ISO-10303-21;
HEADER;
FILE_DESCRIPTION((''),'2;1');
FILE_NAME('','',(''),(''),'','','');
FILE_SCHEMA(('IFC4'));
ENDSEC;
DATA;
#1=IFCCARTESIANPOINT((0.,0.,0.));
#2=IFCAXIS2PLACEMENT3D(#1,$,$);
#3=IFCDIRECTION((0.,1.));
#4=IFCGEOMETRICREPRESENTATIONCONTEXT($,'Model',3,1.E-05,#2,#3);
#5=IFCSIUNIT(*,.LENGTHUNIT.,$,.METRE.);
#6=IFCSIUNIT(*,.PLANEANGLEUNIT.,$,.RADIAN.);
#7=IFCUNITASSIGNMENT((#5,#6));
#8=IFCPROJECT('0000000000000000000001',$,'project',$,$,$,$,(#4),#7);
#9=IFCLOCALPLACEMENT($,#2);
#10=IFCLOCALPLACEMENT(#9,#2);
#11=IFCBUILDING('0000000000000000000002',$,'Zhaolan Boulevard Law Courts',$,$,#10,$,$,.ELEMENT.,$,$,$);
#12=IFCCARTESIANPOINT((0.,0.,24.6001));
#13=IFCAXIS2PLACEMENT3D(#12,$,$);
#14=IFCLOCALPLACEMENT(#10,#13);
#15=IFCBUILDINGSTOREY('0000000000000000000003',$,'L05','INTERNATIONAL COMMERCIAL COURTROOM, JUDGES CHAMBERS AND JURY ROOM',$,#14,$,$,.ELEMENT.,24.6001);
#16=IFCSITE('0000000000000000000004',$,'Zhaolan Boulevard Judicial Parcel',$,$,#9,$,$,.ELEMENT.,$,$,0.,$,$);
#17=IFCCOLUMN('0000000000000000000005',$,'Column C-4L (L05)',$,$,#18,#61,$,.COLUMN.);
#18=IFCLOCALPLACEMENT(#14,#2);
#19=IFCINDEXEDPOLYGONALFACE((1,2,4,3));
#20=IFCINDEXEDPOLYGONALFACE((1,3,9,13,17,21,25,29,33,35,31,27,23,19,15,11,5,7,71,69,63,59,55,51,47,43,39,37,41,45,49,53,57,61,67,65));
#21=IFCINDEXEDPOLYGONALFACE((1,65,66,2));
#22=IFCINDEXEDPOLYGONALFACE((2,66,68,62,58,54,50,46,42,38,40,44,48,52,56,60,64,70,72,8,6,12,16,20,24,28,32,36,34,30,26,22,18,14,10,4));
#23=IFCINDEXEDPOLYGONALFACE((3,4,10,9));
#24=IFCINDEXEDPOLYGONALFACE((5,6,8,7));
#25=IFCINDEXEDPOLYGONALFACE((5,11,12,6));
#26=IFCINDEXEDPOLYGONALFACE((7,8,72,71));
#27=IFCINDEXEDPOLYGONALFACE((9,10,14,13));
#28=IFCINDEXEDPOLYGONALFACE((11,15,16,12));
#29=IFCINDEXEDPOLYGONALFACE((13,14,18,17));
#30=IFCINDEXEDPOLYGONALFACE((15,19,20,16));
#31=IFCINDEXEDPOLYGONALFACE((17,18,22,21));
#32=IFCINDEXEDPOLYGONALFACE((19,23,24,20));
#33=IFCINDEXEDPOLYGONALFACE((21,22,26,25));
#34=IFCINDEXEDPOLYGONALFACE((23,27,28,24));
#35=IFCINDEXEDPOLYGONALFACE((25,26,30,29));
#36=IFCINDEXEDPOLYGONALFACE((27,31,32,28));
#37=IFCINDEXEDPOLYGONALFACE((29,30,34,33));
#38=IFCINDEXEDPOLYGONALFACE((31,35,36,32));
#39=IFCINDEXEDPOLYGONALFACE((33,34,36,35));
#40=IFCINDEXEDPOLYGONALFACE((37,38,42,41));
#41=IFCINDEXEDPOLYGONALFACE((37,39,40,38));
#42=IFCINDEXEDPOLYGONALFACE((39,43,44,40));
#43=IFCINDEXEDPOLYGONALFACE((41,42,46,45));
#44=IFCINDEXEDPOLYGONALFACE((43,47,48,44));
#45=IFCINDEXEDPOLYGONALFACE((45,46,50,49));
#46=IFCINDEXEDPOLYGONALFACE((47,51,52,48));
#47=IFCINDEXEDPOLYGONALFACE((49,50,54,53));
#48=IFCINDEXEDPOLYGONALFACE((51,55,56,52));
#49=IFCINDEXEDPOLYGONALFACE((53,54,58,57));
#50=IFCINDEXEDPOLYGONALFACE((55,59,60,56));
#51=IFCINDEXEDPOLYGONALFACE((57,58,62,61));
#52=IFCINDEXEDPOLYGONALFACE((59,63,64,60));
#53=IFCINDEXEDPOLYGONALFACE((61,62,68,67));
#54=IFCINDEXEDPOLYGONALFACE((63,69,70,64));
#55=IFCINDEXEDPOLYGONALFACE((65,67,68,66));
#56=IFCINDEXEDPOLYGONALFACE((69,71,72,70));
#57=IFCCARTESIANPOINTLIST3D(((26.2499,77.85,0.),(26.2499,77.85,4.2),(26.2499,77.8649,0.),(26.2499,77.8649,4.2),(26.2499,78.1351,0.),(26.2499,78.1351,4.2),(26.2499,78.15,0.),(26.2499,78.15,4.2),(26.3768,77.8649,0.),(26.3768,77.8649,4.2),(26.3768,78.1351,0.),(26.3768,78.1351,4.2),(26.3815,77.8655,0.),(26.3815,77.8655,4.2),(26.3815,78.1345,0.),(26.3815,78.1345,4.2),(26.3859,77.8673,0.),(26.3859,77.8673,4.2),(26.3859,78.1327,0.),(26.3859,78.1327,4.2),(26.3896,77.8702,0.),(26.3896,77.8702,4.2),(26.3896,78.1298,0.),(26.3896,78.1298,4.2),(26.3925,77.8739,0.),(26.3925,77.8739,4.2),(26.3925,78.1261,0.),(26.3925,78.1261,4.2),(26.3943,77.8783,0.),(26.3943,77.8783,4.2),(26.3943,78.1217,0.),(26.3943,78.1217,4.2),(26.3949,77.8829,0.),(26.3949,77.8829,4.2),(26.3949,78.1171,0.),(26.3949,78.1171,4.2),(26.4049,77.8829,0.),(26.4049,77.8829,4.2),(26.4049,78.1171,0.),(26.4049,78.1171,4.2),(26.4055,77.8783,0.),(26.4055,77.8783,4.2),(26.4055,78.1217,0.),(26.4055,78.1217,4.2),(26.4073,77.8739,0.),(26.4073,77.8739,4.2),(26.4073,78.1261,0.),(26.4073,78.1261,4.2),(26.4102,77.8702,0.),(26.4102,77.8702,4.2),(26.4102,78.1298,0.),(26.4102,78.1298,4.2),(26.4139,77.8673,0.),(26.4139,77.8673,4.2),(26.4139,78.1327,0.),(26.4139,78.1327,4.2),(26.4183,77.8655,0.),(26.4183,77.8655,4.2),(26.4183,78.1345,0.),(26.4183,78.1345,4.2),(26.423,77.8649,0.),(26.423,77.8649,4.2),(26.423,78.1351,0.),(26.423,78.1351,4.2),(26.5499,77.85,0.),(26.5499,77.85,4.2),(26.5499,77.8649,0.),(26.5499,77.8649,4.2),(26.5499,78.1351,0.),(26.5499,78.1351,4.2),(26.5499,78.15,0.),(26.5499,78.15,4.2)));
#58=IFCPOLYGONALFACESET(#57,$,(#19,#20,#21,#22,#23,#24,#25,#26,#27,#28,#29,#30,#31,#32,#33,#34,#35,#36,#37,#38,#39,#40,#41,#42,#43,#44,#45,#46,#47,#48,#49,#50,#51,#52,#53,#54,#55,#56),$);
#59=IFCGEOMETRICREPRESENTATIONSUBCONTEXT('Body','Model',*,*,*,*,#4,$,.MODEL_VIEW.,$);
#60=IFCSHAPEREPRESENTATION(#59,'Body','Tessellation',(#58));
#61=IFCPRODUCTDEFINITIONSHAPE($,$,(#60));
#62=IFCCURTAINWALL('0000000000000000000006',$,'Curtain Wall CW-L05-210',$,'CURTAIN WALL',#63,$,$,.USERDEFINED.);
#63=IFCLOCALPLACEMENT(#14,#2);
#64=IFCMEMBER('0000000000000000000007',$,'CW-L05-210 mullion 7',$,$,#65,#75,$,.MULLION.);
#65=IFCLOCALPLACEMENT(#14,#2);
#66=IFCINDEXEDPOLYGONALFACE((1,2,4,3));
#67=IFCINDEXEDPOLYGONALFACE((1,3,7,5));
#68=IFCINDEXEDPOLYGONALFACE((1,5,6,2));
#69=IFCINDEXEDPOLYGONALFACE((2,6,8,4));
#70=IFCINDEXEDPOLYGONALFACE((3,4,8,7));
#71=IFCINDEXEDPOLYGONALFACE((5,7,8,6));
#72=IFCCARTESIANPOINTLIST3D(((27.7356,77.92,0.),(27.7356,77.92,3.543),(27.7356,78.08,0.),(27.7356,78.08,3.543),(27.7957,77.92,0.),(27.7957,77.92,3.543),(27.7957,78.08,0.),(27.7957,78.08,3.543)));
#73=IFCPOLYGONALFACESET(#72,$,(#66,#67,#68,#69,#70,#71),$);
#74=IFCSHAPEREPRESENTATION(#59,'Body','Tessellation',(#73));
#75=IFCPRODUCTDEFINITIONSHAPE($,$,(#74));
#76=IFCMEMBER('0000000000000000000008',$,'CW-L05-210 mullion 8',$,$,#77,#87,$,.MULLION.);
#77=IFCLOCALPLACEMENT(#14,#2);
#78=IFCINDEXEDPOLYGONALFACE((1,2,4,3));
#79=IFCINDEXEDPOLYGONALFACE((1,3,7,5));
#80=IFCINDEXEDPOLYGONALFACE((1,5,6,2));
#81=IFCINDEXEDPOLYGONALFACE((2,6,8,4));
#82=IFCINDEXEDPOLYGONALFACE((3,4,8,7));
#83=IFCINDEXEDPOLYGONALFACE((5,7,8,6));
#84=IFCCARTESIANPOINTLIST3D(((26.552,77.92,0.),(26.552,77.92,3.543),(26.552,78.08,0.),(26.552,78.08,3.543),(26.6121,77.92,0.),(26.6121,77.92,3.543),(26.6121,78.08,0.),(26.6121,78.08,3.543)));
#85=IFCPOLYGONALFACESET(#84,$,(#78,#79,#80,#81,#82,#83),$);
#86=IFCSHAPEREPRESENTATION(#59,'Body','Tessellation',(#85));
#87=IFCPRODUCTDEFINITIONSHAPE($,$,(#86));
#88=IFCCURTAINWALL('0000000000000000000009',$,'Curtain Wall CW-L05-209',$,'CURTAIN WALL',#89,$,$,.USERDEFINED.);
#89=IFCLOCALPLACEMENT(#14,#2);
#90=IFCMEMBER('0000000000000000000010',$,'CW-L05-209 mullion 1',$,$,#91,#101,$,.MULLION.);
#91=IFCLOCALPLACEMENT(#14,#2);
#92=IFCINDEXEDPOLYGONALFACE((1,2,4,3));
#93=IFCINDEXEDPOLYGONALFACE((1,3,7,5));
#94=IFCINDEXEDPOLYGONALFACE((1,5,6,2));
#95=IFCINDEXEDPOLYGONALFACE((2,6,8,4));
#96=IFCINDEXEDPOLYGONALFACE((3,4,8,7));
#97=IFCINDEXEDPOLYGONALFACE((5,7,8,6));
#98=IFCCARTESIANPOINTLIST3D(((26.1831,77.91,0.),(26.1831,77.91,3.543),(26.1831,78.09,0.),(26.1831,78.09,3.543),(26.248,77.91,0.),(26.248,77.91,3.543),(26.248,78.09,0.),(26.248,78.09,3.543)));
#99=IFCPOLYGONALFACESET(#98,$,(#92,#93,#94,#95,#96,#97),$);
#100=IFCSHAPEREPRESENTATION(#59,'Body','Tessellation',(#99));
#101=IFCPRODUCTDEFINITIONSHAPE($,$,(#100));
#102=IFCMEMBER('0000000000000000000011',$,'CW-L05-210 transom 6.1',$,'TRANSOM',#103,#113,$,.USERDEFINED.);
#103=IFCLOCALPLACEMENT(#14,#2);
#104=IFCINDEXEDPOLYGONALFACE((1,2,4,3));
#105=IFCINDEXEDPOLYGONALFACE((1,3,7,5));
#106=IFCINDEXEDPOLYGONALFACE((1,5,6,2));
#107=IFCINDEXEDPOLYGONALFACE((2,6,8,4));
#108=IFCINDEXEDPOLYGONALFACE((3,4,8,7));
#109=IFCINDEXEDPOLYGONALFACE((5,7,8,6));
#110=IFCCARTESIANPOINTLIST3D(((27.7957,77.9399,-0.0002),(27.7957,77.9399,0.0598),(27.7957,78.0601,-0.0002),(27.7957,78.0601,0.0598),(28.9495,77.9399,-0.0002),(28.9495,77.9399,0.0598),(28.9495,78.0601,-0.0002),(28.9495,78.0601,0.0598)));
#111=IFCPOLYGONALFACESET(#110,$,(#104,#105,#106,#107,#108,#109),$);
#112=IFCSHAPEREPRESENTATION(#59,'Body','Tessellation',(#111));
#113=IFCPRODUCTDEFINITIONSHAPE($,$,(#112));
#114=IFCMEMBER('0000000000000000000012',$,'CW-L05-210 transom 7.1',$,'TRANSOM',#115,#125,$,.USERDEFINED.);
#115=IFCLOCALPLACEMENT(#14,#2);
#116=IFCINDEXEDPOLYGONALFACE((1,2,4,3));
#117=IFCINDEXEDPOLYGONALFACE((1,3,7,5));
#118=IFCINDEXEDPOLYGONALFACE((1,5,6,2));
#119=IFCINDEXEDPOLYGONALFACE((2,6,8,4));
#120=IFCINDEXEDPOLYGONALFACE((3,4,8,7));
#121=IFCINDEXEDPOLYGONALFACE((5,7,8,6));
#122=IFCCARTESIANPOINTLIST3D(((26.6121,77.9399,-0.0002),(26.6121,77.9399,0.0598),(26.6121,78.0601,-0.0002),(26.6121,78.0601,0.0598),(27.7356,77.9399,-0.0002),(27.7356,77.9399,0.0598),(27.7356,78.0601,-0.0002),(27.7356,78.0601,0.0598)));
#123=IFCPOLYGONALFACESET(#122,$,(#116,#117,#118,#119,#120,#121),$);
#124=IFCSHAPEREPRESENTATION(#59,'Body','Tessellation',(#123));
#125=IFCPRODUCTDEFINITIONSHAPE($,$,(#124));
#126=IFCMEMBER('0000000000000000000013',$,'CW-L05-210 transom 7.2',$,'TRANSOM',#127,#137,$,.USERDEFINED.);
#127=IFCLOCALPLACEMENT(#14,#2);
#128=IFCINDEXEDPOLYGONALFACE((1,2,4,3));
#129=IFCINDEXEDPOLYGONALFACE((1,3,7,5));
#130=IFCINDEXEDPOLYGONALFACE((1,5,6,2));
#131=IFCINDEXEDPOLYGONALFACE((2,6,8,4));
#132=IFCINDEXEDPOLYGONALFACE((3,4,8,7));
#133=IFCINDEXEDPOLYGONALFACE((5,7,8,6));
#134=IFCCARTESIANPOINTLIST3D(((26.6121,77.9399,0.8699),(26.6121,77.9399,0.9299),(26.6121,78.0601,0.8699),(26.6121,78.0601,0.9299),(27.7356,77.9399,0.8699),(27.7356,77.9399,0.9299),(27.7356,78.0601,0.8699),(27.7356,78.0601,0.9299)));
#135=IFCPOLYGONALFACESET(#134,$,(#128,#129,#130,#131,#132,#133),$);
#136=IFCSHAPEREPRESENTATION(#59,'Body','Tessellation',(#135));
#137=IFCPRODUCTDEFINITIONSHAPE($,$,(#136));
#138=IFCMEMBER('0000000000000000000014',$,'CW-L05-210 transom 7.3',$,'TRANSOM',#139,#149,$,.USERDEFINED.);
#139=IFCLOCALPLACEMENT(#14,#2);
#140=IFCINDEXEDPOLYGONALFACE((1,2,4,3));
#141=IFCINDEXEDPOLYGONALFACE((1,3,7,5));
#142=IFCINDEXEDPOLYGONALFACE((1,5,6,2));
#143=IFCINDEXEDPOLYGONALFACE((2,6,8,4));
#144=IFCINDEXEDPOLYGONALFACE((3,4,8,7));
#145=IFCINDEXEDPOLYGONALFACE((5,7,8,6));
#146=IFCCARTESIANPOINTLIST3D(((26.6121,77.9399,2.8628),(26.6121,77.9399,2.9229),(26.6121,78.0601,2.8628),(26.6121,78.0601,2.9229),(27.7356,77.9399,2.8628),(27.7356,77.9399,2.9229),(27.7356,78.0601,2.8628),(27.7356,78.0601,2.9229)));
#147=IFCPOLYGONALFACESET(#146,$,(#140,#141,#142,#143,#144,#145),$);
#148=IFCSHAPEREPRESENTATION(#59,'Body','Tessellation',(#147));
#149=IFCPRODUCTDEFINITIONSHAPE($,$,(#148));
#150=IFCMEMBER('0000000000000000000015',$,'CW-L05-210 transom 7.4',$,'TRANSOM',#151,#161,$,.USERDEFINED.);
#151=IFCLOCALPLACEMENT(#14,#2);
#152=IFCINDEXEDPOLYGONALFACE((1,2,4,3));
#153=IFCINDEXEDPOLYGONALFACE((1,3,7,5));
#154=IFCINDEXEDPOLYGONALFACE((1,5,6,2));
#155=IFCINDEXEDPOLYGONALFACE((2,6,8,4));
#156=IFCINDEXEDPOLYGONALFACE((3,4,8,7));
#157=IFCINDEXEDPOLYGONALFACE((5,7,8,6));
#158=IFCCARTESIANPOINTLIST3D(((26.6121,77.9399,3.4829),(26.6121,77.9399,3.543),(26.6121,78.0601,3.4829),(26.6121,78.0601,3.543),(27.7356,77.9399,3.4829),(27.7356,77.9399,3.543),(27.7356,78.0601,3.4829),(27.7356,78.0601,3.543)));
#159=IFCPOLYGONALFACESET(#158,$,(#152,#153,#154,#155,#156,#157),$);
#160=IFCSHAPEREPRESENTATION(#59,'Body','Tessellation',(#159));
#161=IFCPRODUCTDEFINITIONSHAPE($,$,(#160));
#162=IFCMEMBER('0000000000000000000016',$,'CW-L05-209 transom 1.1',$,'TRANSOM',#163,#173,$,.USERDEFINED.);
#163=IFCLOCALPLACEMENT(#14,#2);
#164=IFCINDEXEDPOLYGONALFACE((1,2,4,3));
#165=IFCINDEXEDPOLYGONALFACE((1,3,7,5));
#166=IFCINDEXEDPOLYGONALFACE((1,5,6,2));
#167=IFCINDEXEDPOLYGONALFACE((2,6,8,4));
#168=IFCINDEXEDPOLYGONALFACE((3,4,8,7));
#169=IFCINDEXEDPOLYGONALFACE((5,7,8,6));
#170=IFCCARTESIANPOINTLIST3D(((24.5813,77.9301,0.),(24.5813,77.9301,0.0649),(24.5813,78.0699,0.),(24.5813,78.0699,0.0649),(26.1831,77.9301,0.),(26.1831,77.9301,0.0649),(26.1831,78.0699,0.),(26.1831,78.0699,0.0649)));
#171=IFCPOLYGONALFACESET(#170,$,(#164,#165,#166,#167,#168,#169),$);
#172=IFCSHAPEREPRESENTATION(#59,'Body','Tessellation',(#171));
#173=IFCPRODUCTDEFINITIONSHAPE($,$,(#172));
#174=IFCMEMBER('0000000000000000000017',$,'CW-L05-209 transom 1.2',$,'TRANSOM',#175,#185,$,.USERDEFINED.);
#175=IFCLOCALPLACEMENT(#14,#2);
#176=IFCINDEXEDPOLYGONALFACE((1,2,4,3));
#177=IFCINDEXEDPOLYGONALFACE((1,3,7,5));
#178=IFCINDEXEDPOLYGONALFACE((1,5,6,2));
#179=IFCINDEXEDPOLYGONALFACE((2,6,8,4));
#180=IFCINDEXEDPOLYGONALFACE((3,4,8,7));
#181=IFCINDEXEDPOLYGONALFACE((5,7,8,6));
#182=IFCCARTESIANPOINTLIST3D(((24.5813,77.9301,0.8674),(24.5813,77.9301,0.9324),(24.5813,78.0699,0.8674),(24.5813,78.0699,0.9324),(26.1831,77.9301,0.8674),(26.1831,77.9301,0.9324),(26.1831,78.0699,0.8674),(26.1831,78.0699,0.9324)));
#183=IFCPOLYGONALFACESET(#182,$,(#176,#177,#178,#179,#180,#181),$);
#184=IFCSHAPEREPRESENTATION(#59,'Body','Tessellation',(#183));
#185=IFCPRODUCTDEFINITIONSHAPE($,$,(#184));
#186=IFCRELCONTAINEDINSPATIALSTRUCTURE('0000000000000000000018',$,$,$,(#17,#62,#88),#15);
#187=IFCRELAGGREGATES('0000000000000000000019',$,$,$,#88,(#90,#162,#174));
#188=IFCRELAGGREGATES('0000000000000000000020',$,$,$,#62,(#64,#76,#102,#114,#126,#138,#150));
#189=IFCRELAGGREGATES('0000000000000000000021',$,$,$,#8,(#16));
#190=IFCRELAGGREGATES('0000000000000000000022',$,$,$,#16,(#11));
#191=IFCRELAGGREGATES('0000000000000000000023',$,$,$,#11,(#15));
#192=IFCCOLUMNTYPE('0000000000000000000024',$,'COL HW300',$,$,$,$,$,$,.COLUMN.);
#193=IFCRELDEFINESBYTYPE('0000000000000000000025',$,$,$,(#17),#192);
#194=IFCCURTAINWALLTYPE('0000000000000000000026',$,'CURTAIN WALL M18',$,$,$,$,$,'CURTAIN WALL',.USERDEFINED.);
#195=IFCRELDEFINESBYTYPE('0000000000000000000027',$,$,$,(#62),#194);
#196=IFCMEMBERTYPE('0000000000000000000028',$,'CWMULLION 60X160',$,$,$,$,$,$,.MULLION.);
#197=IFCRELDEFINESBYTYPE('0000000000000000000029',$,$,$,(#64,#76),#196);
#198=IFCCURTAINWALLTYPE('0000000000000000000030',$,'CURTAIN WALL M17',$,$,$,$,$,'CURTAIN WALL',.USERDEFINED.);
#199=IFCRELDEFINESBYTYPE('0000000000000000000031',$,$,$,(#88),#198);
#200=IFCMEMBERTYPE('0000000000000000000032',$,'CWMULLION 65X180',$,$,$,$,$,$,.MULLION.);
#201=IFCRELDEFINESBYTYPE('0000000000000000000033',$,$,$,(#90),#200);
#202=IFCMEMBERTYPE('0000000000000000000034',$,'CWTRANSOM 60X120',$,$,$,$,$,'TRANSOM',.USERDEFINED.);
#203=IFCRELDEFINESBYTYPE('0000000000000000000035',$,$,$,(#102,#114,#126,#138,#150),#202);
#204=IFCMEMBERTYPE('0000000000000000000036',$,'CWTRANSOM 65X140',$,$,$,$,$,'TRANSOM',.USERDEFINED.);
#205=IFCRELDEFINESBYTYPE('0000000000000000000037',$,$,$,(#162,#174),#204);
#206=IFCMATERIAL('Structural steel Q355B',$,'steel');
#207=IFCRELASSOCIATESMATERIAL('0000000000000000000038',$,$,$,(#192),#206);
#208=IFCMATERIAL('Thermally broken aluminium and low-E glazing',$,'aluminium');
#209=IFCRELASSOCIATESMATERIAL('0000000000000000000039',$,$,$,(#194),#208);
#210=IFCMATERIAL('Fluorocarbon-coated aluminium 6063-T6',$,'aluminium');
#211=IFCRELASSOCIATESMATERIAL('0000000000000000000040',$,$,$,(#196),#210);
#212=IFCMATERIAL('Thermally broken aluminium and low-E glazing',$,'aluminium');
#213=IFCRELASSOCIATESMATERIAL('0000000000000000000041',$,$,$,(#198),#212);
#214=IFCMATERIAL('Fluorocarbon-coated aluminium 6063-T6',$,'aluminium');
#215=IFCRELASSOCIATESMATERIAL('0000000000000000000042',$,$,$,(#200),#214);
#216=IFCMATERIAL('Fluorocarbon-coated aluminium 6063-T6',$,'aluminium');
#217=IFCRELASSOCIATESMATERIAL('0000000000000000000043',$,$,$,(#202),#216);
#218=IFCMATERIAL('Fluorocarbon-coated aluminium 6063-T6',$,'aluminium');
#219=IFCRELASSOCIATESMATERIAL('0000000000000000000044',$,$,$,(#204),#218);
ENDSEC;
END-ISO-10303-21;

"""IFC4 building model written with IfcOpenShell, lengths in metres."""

from ifc_helpers import new_model, si_unit, direction, frame, origin, origin_2d, place, context, subcontext, project, spatial, rectangle, i_section, extrude, material, material_profile, profile_set, type_object, element, aggregate, save


model = new_model("IFC4")

# Units and contexts
model_context = context("Model", 3, precision=1e-05, world=origin(), true_north=direction((0.0, 1.0)))
body_context = subcontext(model_context, "Body", "Model", "MODEL_VIEW")
ifc_project = project(units=[si_unit("LENGTHUNIT", "METRE"), si_unit("PLANEANGLEUNIT", "RADIAN")], contexts=[model_context])

# Site, building, storey
site_placement = place(None, origin())
site = spatial("IfcSite", under=ifc_project, at=site_placement, Name="Zhaolan Boulevard Judicial Parcel", CompositionType="ELEMENT", RefElevation=0.0)
building_placement = place(site_placement, origin())
building = spatial("IfcBuilding", under=site, at=building_placement, Name="Zhaolan Boulevard Law Courts", CompositionType="ELEMENT")
storey_placement = place(building_placement, frame((0.0, 0.0, 24.6001)))
storey = spatial("IfcBuildingStorey", under=building, at=storey_placement, Name="L05", Description="INTERNATIONAL COMMERCIAL COURTROOM, JUDGES CHAMBERS AND JURY ROOM", CompositionType="ELEMENT", Elevation=24.6001)

# Column
ifc_material_1 = material(Name="Structural steel Q355B", Category="steel")
ifc_material_profile_1 = material_profile(ifc_material_1, i_section(OverallWidth=0.3, OverallDepth=0.3, WebThickness=0.01, FlangeThickness=0.0149, FilletRadius=0.0181, at=origin_2d()), Name="HW300x300")
ifc_profile_set_1 = profile_set([ifc_material_profile_1], Name="Structural steel Q355B")
column_type = type_object("IfcColumnType", Name="COL HW300", PredefinedType="COLUMN", material=ifc_profile_set_1)
column_placement = place(storey_placement, frame((26.3999, 78.0, 0.0), z_axis=(0.0, 0.0, 1.0), x_axis=(1.0, 0.0, 0.0)))
element("IfcColumn", 1, at=column_placement, inside=storey, type_object=column_type, Name="Column C-4L (L05)", PredefinedType="COLUMN", context=body_context, shape_type="SweptSolid", body=[
    extrude(i_section(OverallWidth=0.3, OverallDepth=0.3, WebThickness=0.01, FlangeThickness=0.0149, FilletRadius=0.0181, at=origin_2d()), origin(), (0.0, 0.0, 1.0), 4.2),
])

# Curtain wall, members
ifc_material_2 = material(Name="Thermally broken aluminium and low-E glazing", Category="aluminium")
curtain_wall_type_1 = type_object("IfcCurtainWallType", Name="CURTAIN WALL M18", ElementType="CURTAIN WALL", PredefinedType="USERDEFINED", material=ifc_material_2)
curtain_wall_1_placement = place(storey_placement, origin())
curtain_wall_1 = element("IfcCurtainWall", 2, at=curtain_wall_1_placement, inside=storey, type_object=curtain_wall_type_1, Name="Curtain Wall CW-L05-210", ObjectType="CURTAIN WALL", PredefinedType="USERDEFINED")
ifc_material_3 = material(Name="Fluorocarbon-coated aluminium 6063-T6", Category="aluminium")
ifc_material_profile_2 = material_profile(ifc_material_3, rectangle(XDim=0.1599, YDim=0.0601, at=origin_2d()), Name="AL60x160")
ifc_profile_set_2 = profile_set([ifc_material_profile_2], Name="Fluorocarbon-coated aluminium 6063-T6")
member_type_1 = type_object("IfcMemberType", Name="CWMULLION 60X160", PredefinedType="MULLION", material=ifc_profile_set_2)
member_1_placement = place(storey_placement, frame((27.7656, 78.0, 0.0), z_axis=(0.0, 0.0, 1.0), x_axis=(0.0, -1.0, 0.0)))
member_1 = element("IfcMember", 3, at=member_1_placement, type_object=member_type_1, Name="CW-L05-210 mullion 7", PredefinedType="MULLION", context=body_context, shape_type="SweptSolid", body=[
    extrude(rectangle(XDim=0.1599, YDim=0.0601, at=origin_2d()), origin(), (0.0, 0.0, 1.0), 3.543),
])
member_2_placement = place(storey_placement, frame((26.582, 78.0, 0.0), z_axis=(0.0, 0.0, 1.0), x_axis=(0.0, -1.0, 0.0)))
member_2 = element("IfcMember", 4, at=member_2_placement, type_object=member_type_1, Name="CW-L05-210 mullion 8", PredefinedType="MULLION", context=body_context, shape_type="SweptSolid", body=[
    extrude(rectangle(XDim=0.1599, YDim=0.0601, at=origin_2d()), origin(), (0.0, 0.0, 1.0), 3.543),
])

# Curtain wall, member
ifc_material_4 = material(Name="Thermally broken aluminium and low-E glazing", Category="aluminium")
curtain_wall_type_2 = type_object("IfcCurtainWallType", Name="CURTAIN WALL M17", ElementType="CURTAIN WALL", PredefinedType="USERDEFINED", material=ifc_material_4)
curtain_wall_2_placement = place(storey_placement, origin())
curtain_wall_2 = element("IfcCurtainWall", 5, at=curtain_wall_2_placement, inside=storey, type_object=curtain_wall_type_2, Name="Curtain Wall CW-L05-209", ObjectType="CURTAIN WALL", PredefinedType="USERDEFINED")
ifc_material_5 = material(Name="Fluorocarbon-coated aluminium 6063-T6", Category="aluminium")
ifc_material_profile_3 = material_profile(ifc_material_5, rectangle(XDim=0.1799, YDim=0.0649, at=origin_2d()), Name="AL65x180")
ifc_profile_set_3 = profile_set([ifc_material_profile_3], Name="Fluorocarbon-coated aluminium 6063-T6")
member_type_2 = type_object("IfcMemberType", Name="CWMULLION 65X180", PredefinedType="MULLION", material=ifc_profile_set_3)
member_3_placement = place(storey_placement, frame((26.2156, 78.0, 0.0), z_axis=(0.0, 0.0, 1.0), x_axis=(0.0, -1.0, 0.0)))
member_3 = element("IfcMember", 6, at=member_3_placement, type_object=member_type_2, Name="CW-L05-209 mullion 1", PredefinedType="MULLION", context=body_context, shape_type="SweptSolid", body=[
    extrude(rectangle(XDim=0.1799, YDim=0.0649, at=origin_2d()), origin(), (0.0, 0.0, 1.0), 3.543),
])

# Members
ifc_material_6 = material(Name="Fluorocarbon-coated aluminium 6063-T6", Category="aluminium")
ifc_material_profile_4 = material_profile(ifc_material_6, rectangle(XDim=0.1201, YDim=0.0601, at=origin_2d()), Name="AL60x120")
ifc_profile_set_4 = profile_set([ifc_material_profile_4], Name="Fluorocarbon-coated aluminium 6063-T6")
member_type_3 = type_object("IfcMemberType", Name="CWTRANSOM 60X120", ElementType="TRANSOM", PredefinedType="USERDEFINED", material=ifc_profile_set_4)
member_4_placement = place(storey_placement, frame((28.9495, 78.0, 0.0298), z_axis=(-1.0, 0.0, 0.0), x_axis=(0.0, -1.0, 0.0)))
member_4 = element("IfcMember", 7, at=member_4_placement, type_object=member_type_3, Name="CW-L05-210 transom 6.1", ObjectType="TRANSOM", PredefinedType="USERDEFINED", context=body_context, shape_type="SweptSolid", body=[
    extrude(rectangle(XDim=0.1201, YDim=0.0601, at=origin_2d()), origin(), (0.0, 0.0, 1.0), 1.1538),
])
member_5_placement = place(storey_placement, frame((27.7356, 78.0, 0.0298), z_axis=(-1.0, 0.0, 0.0), x_axis=(0.0, -1.0, 0.0)))
member_5 = element("IfcMember", 8, at=member_5_placement, type_object=member_type_3, Name="CW-L05-210 transom 7.1", ObjectType="TRANSOM", PredefinedType="USERDEFINED", context=body_context, shape_type="SweptSolid", body=[
    extrude(rectangle(XDim=0.1201, YDim=0.0601, at=origin_2d()), origin(), (0.0, 0.0, 1.0), 1.1235),
])
member_6_placement = place(storey_placement, frame((27.7356, 78.0, 0.8999), z_axis=(-1.0, 0.0, 0.0), x_axis=(0.0, -1.0, 0.0)))
member_6 = element("IfcMember", 9, at=member_6_placement, type_object=member_type_3, Name="CW-L05-210 transom 7.2", ObjectType="TRANSOM", PredefinedType="USERDEFINED", context=body_context, shape_type="SweptSolid", body=[
    extrude(rectangle(XDim=0.1201, YDim=0.0601, at=origin_2d()), origin(), (0.0, 0.0, 1.0), 1.1235),
])
member_7_placement = place(storey_placement, frame((27.7356, 78.0, 2.8928), z_axis=(-1.0, 0.0, 0.0), x_axis=(0.0, -1.0, 0.0)))
member_7 = element("IfcMember", 10, at=member_7_placement, type_object=member_type_3, Name="CW-L05-210 transom 7.3", ObjectType="TRANSOM", PredefinedType="USERDEFINED", context=body_context, shape_type="SweptSolid", body=[
    extrude(rectangle(XDim=0.1201, YDim=0.0601, at=origin_2d()), origin(), (0.0, 0.0, 1.0), 1.1235),
])
member_8_placement = place(storey_placement, frame((27.7356, 78.0, 3.5129), z_axis=(-1.0, 0.0, 0.0), x_axis=(0.0, -1.0, 0.0)))
member_8 = element("IfcMember", 11, at=member_8_placement, type_object=member_type_3, Name="CW-L05-210 transom 7.4", ObjectType="TRANSOM", PredefinedType="USERDEFINED", context=body_context, shape_type="SweptSolid", body=[
    extrude(rectangle(XDim=0.1201, YDim=0.0601, at=origin_2d()), origin(), (0.0, 0.0, 1.0), 1.1235),
])
ifc_material_7 = material(Name="Fluorocarbon-coated aluminium 6063-T6", Category="aluminium")
ifc_material_profile_5 = material_profile(ifc_material_7, rectangle(XDim=0.1399, YDim=0.0649, at=origin_2d()), Name="AL65x140")
ifc_profile_set_5 = profile_set([ifc_material_profile_5], Name="Fluorocarbon-coated aluminium 6063-T6")
member_type_4 = type_object("IfcMemberType", Name="CWTRANSOM 65X140", ElementType="TRANSOM", PredefinedType="USERDEFINED", material=ifc_profile_set_5)
member_9_placement = place(storey_placement, frame((26.1831, 78.0, 0.0325), z_axis=(-1.0, 0.0, 0.0), x_axis=(0.0, -1.0, 0.0)))
member_9 = element("IfcMember", 12, at=member_9_placement, type_object=member_type_4, Name="CW-L05-209 transom 1.1", ObjectType="TRANSOM", PredefinedType="USERDEFINED", context=body_context, shape_type="SweptSolid", body=[
    extrude(rectangle(XDim=0.1399, YDim=0.0649, at=origin_2d()), origin(), (0.0, 0.0, 1.0), 1.6018),
])
member_10_placement = place(storey_placement, frame((26.1831, 78.0, 0.8999), z_axis=(-1.0, 0.0, 0.0), x_axis=(0.0, -1.0, 0.0)))
member_10 = element("IfcMember", 13, at=member_10_placement, type_object=member_type_4, Name="CW-L05-209 transom 1.2", ObjectType="TRANSOM", PredefinedType="USERDEFINED", context=body_context, shape_type="SweptSolid", body=[
    extrude(rectangle(XDim=0.1399, YDim=0.0649, at=origin_2d()), origin(), (0.0, 0.0, 1.0), 1.6018),
])
aggregate(curtain_wall_2, [member_3, member_9, member_10])

aggregate(curtain_wall_1, [member_1, member_2, member_4, member_5, member_6, member_7, member_8])

save(model, "model.ifc")
